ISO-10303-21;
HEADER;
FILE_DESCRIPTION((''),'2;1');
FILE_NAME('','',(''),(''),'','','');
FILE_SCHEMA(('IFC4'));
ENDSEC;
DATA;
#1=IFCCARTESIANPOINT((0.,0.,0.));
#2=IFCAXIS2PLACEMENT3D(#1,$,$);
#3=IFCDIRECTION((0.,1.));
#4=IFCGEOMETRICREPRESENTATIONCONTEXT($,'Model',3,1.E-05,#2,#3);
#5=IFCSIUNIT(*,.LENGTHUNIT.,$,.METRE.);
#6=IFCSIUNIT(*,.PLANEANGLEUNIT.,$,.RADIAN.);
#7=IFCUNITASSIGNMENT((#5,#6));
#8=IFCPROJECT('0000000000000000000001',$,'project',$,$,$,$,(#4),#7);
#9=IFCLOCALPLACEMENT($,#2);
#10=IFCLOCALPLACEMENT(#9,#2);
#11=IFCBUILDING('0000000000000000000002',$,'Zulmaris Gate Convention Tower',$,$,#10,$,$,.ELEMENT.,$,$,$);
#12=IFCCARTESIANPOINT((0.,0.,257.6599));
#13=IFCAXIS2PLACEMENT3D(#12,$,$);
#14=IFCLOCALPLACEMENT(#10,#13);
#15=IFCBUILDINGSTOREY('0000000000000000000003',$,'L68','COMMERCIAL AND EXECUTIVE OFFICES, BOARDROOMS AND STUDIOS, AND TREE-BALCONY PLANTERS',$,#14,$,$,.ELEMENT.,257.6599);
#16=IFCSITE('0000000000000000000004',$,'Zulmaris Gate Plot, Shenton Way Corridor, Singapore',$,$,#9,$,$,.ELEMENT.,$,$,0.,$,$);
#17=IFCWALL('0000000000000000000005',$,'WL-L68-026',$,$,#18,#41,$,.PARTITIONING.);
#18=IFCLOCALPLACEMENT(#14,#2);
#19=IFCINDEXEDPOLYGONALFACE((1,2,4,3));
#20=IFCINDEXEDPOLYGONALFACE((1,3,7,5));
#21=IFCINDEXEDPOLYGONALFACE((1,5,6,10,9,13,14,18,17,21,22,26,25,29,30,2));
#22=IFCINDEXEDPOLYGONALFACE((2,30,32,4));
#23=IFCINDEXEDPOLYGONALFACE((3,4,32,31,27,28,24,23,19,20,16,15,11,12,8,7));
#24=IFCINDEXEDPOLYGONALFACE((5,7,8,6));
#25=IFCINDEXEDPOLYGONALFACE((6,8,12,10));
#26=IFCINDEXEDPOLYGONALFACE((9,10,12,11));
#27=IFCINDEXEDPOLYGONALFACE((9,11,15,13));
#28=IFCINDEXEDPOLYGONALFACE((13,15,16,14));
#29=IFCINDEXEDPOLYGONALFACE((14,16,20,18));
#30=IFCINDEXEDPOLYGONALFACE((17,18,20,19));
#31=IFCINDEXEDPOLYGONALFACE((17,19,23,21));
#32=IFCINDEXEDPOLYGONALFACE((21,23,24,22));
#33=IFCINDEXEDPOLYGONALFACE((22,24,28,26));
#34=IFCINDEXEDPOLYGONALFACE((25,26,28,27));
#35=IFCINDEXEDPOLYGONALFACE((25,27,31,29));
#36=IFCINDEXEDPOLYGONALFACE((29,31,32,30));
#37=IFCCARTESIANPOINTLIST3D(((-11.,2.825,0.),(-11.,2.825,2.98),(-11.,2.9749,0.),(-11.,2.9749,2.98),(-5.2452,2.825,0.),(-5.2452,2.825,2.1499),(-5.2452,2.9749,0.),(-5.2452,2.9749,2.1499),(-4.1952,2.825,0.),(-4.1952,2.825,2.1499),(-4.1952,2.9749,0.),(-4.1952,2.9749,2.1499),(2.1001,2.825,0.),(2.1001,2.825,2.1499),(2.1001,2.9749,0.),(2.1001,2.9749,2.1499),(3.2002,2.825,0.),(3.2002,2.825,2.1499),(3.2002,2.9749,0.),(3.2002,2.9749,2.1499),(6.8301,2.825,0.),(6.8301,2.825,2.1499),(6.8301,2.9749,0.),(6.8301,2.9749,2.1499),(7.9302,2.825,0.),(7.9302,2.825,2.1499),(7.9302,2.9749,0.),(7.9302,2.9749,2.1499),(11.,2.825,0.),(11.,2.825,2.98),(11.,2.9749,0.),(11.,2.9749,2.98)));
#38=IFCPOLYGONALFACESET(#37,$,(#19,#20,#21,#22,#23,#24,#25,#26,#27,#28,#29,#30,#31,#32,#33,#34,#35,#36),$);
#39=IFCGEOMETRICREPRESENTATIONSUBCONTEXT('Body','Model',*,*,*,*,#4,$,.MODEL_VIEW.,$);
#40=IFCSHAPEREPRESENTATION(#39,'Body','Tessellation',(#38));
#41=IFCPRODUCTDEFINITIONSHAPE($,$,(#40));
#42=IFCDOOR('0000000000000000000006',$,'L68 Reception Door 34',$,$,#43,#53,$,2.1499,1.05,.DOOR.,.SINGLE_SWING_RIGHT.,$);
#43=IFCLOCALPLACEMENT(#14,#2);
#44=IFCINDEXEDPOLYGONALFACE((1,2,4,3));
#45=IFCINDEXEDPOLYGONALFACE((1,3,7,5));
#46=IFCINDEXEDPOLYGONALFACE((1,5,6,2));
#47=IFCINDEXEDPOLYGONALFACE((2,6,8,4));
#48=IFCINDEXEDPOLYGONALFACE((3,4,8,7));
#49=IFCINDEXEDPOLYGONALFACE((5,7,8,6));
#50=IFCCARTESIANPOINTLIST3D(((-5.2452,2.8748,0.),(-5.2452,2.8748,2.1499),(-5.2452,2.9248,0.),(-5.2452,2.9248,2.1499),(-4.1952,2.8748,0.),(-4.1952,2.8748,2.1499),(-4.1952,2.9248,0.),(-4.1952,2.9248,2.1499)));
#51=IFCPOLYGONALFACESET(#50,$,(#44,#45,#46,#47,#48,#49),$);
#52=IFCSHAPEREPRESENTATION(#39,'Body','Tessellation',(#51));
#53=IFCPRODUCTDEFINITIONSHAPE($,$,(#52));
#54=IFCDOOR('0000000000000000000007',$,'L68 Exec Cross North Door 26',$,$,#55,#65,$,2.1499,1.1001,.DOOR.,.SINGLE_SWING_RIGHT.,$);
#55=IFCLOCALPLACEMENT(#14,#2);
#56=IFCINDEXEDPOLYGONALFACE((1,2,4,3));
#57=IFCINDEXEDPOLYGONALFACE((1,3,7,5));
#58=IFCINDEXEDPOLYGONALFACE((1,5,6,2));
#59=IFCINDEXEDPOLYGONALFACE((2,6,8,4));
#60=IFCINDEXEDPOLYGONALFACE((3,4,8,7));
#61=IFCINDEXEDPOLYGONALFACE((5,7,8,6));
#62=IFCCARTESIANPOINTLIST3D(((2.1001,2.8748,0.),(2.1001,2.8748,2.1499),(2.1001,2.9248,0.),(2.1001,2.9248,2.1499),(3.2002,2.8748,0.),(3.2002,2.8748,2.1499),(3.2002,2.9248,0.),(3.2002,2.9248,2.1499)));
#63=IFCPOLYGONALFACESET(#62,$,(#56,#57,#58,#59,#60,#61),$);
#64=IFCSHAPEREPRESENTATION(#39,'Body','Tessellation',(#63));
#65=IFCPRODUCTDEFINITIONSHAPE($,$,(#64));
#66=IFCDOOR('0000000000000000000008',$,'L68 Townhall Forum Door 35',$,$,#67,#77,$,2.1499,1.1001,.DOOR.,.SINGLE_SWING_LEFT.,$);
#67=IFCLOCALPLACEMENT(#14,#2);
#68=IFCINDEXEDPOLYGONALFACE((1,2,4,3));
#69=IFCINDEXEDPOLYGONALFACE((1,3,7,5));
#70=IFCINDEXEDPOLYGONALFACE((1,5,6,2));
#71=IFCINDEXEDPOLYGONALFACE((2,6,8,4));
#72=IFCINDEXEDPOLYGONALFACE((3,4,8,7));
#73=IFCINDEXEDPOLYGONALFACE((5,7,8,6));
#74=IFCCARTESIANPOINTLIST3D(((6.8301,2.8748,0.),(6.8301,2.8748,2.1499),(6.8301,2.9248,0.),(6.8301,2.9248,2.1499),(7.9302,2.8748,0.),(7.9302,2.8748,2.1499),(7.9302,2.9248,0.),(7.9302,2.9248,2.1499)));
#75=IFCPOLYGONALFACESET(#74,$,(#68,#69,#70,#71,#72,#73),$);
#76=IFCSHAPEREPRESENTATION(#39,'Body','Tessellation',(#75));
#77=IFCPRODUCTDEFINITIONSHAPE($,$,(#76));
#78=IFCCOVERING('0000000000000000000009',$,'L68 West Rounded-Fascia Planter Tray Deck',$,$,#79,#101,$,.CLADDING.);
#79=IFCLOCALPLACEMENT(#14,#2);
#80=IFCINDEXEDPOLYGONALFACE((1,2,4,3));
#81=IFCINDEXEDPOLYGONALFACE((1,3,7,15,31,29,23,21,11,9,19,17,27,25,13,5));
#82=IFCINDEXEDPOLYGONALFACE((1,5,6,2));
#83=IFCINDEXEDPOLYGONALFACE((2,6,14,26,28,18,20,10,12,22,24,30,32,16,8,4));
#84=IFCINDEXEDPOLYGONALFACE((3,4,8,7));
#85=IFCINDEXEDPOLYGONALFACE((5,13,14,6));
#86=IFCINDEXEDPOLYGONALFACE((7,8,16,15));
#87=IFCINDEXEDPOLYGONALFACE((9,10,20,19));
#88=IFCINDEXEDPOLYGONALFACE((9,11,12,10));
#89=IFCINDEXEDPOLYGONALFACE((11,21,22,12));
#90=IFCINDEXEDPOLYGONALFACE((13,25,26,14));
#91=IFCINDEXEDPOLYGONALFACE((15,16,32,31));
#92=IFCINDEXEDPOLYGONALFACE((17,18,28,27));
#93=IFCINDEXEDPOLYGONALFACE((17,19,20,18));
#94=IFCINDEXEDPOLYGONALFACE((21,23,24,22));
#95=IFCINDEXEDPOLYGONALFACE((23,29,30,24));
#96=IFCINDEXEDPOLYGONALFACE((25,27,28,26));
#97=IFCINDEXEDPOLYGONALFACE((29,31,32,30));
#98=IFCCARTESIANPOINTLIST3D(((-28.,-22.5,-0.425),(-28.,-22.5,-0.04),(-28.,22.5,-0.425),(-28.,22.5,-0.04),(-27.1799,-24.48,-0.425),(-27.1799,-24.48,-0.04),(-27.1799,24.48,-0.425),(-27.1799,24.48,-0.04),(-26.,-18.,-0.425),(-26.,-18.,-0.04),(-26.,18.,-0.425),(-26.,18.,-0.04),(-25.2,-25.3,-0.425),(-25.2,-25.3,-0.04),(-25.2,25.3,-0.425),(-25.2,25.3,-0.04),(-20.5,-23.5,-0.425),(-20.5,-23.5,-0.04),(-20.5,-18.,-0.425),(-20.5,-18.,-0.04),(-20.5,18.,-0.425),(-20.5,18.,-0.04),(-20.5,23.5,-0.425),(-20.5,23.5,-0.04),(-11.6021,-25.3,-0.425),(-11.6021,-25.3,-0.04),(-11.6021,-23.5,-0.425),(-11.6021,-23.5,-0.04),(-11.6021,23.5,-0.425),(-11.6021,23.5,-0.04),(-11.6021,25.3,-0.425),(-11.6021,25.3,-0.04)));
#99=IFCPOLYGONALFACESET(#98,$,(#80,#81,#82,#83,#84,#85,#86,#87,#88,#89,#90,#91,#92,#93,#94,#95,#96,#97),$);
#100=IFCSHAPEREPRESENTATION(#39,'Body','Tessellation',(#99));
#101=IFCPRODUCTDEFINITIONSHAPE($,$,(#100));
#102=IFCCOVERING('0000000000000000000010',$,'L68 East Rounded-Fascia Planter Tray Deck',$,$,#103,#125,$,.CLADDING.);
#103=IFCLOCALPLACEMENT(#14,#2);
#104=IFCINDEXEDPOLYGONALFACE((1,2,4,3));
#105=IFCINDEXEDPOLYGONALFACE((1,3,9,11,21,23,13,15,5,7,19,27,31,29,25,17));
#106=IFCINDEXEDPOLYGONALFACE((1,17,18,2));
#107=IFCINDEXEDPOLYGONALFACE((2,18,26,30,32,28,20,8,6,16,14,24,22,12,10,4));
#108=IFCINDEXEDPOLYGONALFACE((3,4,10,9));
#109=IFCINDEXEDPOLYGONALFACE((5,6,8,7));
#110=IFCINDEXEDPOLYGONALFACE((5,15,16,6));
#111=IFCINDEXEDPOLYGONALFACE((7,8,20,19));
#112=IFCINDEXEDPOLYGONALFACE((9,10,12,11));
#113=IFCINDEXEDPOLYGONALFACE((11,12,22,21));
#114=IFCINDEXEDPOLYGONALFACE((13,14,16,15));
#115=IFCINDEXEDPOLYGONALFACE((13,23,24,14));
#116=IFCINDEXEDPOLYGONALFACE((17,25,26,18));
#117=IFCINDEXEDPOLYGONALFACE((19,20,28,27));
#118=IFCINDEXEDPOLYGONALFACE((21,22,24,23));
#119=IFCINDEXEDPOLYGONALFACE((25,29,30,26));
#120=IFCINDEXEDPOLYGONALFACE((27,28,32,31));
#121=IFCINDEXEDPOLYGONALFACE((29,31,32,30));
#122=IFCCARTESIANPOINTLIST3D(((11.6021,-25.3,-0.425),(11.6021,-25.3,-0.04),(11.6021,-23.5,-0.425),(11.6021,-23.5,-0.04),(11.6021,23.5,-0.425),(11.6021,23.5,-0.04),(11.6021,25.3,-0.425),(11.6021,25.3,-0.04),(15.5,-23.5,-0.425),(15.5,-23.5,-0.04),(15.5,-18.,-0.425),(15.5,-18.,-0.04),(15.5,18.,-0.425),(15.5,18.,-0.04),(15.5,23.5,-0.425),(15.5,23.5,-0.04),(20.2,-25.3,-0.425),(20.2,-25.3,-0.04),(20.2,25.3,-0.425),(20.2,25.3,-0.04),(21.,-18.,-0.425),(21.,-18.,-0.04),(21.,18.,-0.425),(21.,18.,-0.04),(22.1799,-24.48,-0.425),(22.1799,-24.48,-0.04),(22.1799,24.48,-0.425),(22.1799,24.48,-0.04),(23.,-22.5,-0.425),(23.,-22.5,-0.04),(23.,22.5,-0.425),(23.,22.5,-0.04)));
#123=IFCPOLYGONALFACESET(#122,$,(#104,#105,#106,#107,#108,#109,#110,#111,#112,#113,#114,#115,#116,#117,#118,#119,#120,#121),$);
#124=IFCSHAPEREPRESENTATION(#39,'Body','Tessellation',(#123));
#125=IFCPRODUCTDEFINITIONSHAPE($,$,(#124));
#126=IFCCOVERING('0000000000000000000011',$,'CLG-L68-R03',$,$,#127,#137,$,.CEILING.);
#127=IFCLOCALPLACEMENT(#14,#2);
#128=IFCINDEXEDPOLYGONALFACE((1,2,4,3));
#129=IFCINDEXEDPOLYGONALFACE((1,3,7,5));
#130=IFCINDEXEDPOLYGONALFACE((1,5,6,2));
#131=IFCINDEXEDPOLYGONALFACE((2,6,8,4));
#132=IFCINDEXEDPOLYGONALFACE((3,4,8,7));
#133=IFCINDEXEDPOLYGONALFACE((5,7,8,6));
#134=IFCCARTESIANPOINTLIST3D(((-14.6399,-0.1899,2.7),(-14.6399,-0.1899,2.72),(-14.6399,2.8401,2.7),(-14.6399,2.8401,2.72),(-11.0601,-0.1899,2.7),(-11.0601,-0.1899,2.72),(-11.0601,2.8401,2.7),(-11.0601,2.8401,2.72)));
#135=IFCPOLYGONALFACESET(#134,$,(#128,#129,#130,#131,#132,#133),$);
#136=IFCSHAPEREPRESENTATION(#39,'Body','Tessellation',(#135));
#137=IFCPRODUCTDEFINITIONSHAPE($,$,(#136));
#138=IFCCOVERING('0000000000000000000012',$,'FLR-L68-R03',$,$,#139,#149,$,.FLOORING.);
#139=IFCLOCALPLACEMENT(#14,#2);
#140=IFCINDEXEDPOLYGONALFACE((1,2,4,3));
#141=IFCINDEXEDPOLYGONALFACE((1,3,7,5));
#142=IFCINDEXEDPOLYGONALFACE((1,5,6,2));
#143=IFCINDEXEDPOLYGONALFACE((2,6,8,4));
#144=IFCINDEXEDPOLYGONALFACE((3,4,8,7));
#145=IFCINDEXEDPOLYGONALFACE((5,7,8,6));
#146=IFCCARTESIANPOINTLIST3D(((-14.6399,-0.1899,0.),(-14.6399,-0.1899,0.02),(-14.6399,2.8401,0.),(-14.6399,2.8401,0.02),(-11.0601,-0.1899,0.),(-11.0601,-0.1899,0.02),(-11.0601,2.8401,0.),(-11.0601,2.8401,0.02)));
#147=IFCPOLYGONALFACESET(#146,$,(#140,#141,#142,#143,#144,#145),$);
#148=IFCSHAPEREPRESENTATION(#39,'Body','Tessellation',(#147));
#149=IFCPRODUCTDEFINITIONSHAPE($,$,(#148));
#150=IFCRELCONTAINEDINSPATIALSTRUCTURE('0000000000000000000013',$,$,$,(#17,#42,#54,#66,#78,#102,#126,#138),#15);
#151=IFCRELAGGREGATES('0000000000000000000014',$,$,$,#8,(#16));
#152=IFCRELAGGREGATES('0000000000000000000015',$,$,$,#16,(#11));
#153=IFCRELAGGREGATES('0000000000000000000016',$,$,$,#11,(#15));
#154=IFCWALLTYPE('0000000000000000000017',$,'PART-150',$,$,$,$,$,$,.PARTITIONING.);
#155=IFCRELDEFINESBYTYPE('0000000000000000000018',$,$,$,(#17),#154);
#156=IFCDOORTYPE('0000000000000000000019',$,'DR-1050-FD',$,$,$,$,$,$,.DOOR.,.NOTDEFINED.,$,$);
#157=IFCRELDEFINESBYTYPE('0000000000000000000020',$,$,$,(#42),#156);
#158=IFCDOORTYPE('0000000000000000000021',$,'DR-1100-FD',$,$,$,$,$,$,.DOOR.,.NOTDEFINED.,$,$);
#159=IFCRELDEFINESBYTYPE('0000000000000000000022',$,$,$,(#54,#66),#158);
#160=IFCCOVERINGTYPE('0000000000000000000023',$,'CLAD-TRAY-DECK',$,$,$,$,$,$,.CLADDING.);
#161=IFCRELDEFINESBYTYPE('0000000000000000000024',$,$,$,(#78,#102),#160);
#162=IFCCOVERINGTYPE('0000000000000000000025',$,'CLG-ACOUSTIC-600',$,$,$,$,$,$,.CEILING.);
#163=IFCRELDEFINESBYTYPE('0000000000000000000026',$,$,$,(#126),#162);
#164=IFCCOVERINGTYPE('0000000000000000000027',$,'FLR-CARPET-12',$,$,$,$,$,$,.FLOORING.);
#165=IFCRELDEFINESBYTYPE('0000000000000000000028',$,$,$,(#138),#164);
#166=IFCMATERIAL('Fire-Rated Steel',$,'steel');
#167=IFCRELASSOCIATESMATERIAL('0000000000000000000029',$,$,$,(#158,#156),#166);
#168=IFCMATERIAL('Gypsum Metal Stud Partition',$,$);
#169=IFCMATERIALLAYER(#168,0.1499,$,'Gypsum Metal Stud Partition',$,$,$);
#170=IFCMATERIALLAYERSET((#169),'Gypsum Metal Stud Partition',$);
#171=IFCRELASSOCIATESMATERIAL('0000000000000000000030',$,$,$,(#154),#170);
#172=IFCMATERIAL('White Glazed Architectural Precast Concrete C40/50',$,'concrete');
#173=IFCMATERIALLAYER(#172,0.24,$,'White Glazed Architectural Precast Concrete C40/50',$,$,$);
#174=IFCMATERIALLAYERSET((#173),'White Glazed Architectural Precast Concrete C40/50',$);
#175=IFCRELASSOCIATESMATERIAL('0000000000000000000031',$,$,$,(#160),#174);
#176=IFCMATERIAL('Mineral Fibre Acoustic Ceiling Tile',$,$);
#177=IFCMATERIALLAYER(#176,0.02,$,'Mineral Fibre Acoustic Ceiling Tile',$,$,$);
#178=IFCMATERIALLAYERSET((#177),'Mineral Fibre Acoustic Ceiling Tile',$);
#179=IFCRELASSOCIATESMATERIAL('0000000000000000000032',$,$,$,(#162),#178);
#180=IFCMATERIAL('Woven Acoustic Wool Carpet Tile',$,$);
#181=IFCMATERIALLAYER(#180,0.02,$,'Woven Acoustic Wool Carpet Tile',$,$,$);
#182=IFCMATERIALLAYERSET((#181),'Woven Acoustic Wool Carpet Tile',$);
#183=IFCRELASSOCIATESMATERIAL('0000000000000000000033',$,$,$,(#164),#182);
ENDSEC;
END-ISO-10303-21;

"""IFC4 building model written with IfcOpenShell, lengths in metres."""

from ifc_helpers import new_model, si_unit, direction, frame, frame_2d, origin, place, context, subcontext, project, spatial, polyline, rectangle, outline, extrude, material, layer, layer_set, type_object, element, fill, save


model = new_model("IFC4")

# Units and contexts
model_context = context("Model", 3, precision=1e-05, world=origin(), true_north=direction((0.0, 1.0)))
body_context = subcontext(model_context, "Body", "Model", "MODEL_VIEW")
ifc_project = project(units=[si_unit("LENGTHUNIT", "METRE"), si_unit("PLANEANGLEUNIT", "RADIAN")], contexts=[model_context])

# Site, building, storey
site_placement = place(None, origin())
site = spatial("IfcSite", under=ifc_project, at=site_placement, Name="Zulmaris Gate Plot, Shenton Way Corridor, Singapore", CompositionType="ELEMENT", RefElevation=0.0)
building_placement = place(site_placement, origin())
building = spatial("IfcBuilding", under=site, at=building_placement, Name="Zulmaris Gate Convention Tower", CompositionType="ELEMENT")
storey_placement = place(building_placement, frame((0.0, 0.0, 257.6599)))
storey = spatial("IfcBuildingStorey", under=building, at=storey_placement, Name="L68", Description="COMMERCIAL AND EXECUTIVE OFFICES, BOARDROOMS AND STUDIOS, AND TREE-BALCONY PLANTERS", CompositionType="ELEMENT", Elevation=257.6599)

# Shared definitions
ifc_material_1 = material(Name="Fire-Rated Steel", Category="steel")
door_type_1 = type_object("IfcDoorType", Name="DR-1100-FD", OperationType="NOTDEFINED", PredefinedType="DOOR", material=ifc_material_1)

# Wall, openings, doors
ifc_material_2 = material(Name="Gypsum Metal Stud Partition")
ifc_layer_1 = layer(ifc_material_2, 0.1499, Name="Gypsum Metal Stud Partition")
ifc_layer_set_1 = layer_set([ifc_layer_1], Name="Gypsum Metal Stud Partition")
wall_type_1 = type_object("IfcWallType", Name="PART-150", PredefinedType="PARTITIONING", material=ifc_layer_set_1)
wall_1_placement = place(storey_placement, frame((-11.0, 2.8999, 0.0), z_axis=(0.0, 0.0, 1.0), x_axis=(1.0, 0.0, 0.0)))
wall_1 = element("IfcWall", 1, at=wall_1_placement, inside=storey, type_object=wall_type_1, Name="WL-L68-026", PredefinedType="PARTITIONING", context=body_context, shape_type="SweptSolid", body=[
    extrude(rectangle(XDim=22.0, YDim=0.1499, at=frame_2d((11.0, 0.0))), origin(), (0.0, 0.0, 1.0), 2.98),
])
opening_1_placement = place(wall_1_placement, frame((13.1001, 0.0, 0.0)))
opening_1 = element("IfcOpeningElement", 2, at=opening_1_placement, cuts=wall_1, PredefinedType="OPENING", context=body_context, shape_type="SweptSolid", body=[
    extrude(rectangle(XDim=1.1001, YDim=2.1499, at=frame_2d((0.55, 1.075))), frame((0.0, 0.085, 0.0), z_axis=(0.0, -1.0, 0.0), x_axis=(1.0, 0.0, 0.0)), (0.0, 0.0, 1.0), 0.1699),
])
opening_2_placement = place(wall_1_placement, frame((5.7549, 0.0, 0.0)))
opening_2 = element("IfcOpeningElement", 3, at=opening_2_placement, cuts=wall_1, PredefinedType="OPENING", context=body_context, shape_type="SweptSolid", body=[
    extrude(rectangle(XDim=1.05, YDim=2.1499, at=frame_2d((0.5249, 1.075))), frame((0.0, 0.085, 0.0), z_axis=(0.0, -1.0, 0.0), x_axis=(1.0, 0.0, 0.0)), (0.0, 0.0, 1.0), 0.1699),
])
opening_3_placement = place(wall_1_placement, frame((17.8301, 0.0, 0.0)))
opening_3 = element("IfcOpeningElement", 4, at=opening_3_placement, cuts=wall_1, PredefinedType="OPENING", context=body_context, shape_type="SweptSolid", body=[
    extrude(rectangle(XDim=1.1001, YDim=2.1499, at=frame_2d((0.55, 1.075))), frame((0.0, 0.085, 0.0), z_axis=(0.0, -1.0, 0.0), x_axis=(1.0, 0.0, 0.0)), (0.0, 0.0, 1.0), 0.1699),
])
door_type_2 = type_object("IfcDoorType", Name="DR-1050-FD", OperationType="NOTDEFINED", PredefinedType="DOOR", material=ifc_material_1)
door_1_placement = place(opening_2_placement, origin())
door_1 = element("IfcDoor", 5, at=door_1_placement, inside=storey, type_object=door_type_2, Name="L68 Reception Door 34", OperationType="SINGLE_SWING_RIGHT", OverallHeight=2.1499, OverallWidth=1.05, PredefinedType="DOOR", context=body_context, shape_type="SweptSolid", body=[
    extrude(rectangle(XDim=1.05, YDim=2.1499, at=frame_2d((0.5249, 1.075))), frame((0.0, 0.0249, 0.0), z_axis=(0.0, -1.0, 0.0), x_axis=(1.0, 0.0, 0.0)), (0.0, 0.0, 1.0), 0.05),
])
fill(opening_2, door_1)
door_2_placement = place(opening_1_placement, origin())
door_2 = element("IfcDoor", 6, at=door_2_placement, inside=storey, type_object=door_type_1, Name="L68 Exec Cross North Door 26", OperationType="SINGLE_SWING_RIGHT", OverallHeight=2.1499, OverallWidth=1.1001, PredefinedType="DOOR", context=body_context, shape_type="SweptSolid", body=[
    extrude(rectangle(XDim=1.1001, YDim=2.1499, at=frame_2d((0.55, 1.075))), frame((0.0, 0.0249, 0.0), z_axis=(0.0, -1.0, 0.0), x_axis=(1.0, 0.0, 0.0)), (0.0, 0.0, 1.0), 0.05),
])
fill(opening_1, door_2)
door_3_placement = place(opening_3_placement, origin())
door_3 = element("IfcDoor", 7, at=door_3_placement, inside=storey, type_object=door_type_1, Name="L68 Townhall Forum Door 35", OperationType="SINGLE_SWING_LEFT", OverallHeight=2.1499, OverallWidth=1.1001, PredefinedType="DOOR", context=body_context, shape_type="SweptSolid", body=[
    extrude(rectangle(XDim=1.1001, YDim=2.1499, at=frame_2d((0.55, 1.075))), frame((0.0, 0.0249, 0.0), z_axis=(0.0, -1.0, 0.0), x_axis=(1.0, 0.0, 0.0)), (0.0, 0.0, 1.0), 0.05),
])
fill(opening_3, door_3)

# Coverings
ifc_material_3 = material(Name="White Glazed Architectural Precast Concrete C40/50", Category="concrete")
ifc_layer_2 = layer(ifc_material_3, 0.24, Name="White Glazed Architectural Precast Concrete C40/50")
ifc_layer_set_2 = layer_set([ifc_layer_2], Name="White Glazed Architectural Precast Concrete C40/50")
covering_type_1 = type_object("IfcCoveringType", Name="CLAD-TRAY-DECK", PredefinedType="CLADDING", material=ifc_layer_set_2)
covering_1_placement = place(storey_placement, frame((0.0, 0.0, -0.425)))
element("IfcCovering", 8, at=covering_1_placement, inside=storey, type_object=covering_type_1, Name="L68 West Rounded-Fascia Planter Tray Deck", PredefinedType="CLADDING", context=body_context, shape_type="SweptSolid", body=[
    extrude(outline(polyline([(-28.0, 22.5), (-27.1799, 24.48), (-25.2, 25.3), (-11.6021, 25.3), (-11.6021, 23.5), (-20.5, 23.5), (-20.5, 18.0), (-26.0, 18.0), (-26.0, -18.0), (-20.5, -18.0), (-20.5, -23.5), (-11.6021, -23.5), (-11.6021, -25.3), (-25.2, -25.3), (-27.1799, -24.48), (-28.0, -22.5), (-28.0, 22.5)])), origin(), (0.0, 0.0, 1.0), 0.385),
])
covering_2_placement = place(storey_placement, frame((0.0, 0.0, -0.425)))
element("IfcCovering", 9, at=covering_2_placement, inside=storey, type_object=covering_type_1, Name="L68 East Rounded-Fascia Planter Tray Deck", PredefinedType="CLADDING", context=body_context, shape_type="SweptSolid", body=[
    extrude(outline(polyline([(20.2, 25.3), (22.1799, 24.48), (23.0, 22.5), (23.0, -22.5), (22.1799, -24.48), (20.2, -25.3), (11.6021, -25.3), (11.6021, -23.5), (15.5, -23.5), (15.5, -18.0), (21.0, -18.0), (21.0, 18.0), (15.5, 18.0), (15.5, 23.5), (11.6021, 23.5), (11.6021, 25.3), (20.2, 25.3)])), origin(), (0.0, 0.0, 1.0), 0.385),
])
ifc_material_4 = material(Name="Mineral Fibre Acoustic Ceiling Tile")
ifc_layer_3 = layer(ifc_material_4, 0.02, Name="Mineral Fibre Acoustic Ceiling Tile")
ifc_layer_set_3 = layer_set([ifc_layer_3], Name="Mineral Fibre Acoustic Ceiling Tile")
covering_type_2 = type_object("IfcCoveringType", Name="CLG-ACOUSTIC-600", PredefinedType="CEILING", material=ifc_layer_set_3)
covering_3_placement = place(storey_placement, frame((0.0, 0.0, 2.7)))
element("IfcCovering", 10, at=covering_3_placement, inside=storey, type_object=covering_type_2, Name="CLG-L68-R03", PredefinedType="CEILING", context=body_context, shape_type="SweptSolid", body=[
    extrude(outline(polyline([(-14.6399, -0.1899), (-11.0601, -0.1899), (-11.0601, 2.8401), (-14.6399, 2.8401), (-14.6399, -0.1899)])), origin(), (0.0, 0.0, 1.0), 0.02),
])
ifc_material_5 = material(Name="Woven Acoustic Wool Carpet Tile")
ifc_layer_4 = layer(ifc_material_5, 0.02, Name="Woven Acoustic Wool Carpet Tile")
ifc_layer_set_4 = layer_set([ifc_layer_4], Name="Woven Acoustic Wool Carpet Tile")
covering_type_3 = type_object("IfcCoveringType", Name="FLR-CARPET-12", PredefinedType="FLOORING", material=ifc_layer_set_4)
covering_4_placement = place(storey_placement, origin())
element("IfcCovering", 11, at=covering_4_placement, inside=storey, type_object=covering_type_3, Name="FLR-L68-R03", PredefinedType="FLOORING", context=body_context, shape_type="SweptSolid", body=[
    extrude(outline(polyline([(-14.6399, -0.1899), (-11.0601, -0.1899), (-11.0601, 2.8401), (-14.6399, 2.8401), (-14.6399, -0.1899)])), origin(), (0.0, 0.0, 1.0), 0.02),
])

save(model, "model.ifc")
